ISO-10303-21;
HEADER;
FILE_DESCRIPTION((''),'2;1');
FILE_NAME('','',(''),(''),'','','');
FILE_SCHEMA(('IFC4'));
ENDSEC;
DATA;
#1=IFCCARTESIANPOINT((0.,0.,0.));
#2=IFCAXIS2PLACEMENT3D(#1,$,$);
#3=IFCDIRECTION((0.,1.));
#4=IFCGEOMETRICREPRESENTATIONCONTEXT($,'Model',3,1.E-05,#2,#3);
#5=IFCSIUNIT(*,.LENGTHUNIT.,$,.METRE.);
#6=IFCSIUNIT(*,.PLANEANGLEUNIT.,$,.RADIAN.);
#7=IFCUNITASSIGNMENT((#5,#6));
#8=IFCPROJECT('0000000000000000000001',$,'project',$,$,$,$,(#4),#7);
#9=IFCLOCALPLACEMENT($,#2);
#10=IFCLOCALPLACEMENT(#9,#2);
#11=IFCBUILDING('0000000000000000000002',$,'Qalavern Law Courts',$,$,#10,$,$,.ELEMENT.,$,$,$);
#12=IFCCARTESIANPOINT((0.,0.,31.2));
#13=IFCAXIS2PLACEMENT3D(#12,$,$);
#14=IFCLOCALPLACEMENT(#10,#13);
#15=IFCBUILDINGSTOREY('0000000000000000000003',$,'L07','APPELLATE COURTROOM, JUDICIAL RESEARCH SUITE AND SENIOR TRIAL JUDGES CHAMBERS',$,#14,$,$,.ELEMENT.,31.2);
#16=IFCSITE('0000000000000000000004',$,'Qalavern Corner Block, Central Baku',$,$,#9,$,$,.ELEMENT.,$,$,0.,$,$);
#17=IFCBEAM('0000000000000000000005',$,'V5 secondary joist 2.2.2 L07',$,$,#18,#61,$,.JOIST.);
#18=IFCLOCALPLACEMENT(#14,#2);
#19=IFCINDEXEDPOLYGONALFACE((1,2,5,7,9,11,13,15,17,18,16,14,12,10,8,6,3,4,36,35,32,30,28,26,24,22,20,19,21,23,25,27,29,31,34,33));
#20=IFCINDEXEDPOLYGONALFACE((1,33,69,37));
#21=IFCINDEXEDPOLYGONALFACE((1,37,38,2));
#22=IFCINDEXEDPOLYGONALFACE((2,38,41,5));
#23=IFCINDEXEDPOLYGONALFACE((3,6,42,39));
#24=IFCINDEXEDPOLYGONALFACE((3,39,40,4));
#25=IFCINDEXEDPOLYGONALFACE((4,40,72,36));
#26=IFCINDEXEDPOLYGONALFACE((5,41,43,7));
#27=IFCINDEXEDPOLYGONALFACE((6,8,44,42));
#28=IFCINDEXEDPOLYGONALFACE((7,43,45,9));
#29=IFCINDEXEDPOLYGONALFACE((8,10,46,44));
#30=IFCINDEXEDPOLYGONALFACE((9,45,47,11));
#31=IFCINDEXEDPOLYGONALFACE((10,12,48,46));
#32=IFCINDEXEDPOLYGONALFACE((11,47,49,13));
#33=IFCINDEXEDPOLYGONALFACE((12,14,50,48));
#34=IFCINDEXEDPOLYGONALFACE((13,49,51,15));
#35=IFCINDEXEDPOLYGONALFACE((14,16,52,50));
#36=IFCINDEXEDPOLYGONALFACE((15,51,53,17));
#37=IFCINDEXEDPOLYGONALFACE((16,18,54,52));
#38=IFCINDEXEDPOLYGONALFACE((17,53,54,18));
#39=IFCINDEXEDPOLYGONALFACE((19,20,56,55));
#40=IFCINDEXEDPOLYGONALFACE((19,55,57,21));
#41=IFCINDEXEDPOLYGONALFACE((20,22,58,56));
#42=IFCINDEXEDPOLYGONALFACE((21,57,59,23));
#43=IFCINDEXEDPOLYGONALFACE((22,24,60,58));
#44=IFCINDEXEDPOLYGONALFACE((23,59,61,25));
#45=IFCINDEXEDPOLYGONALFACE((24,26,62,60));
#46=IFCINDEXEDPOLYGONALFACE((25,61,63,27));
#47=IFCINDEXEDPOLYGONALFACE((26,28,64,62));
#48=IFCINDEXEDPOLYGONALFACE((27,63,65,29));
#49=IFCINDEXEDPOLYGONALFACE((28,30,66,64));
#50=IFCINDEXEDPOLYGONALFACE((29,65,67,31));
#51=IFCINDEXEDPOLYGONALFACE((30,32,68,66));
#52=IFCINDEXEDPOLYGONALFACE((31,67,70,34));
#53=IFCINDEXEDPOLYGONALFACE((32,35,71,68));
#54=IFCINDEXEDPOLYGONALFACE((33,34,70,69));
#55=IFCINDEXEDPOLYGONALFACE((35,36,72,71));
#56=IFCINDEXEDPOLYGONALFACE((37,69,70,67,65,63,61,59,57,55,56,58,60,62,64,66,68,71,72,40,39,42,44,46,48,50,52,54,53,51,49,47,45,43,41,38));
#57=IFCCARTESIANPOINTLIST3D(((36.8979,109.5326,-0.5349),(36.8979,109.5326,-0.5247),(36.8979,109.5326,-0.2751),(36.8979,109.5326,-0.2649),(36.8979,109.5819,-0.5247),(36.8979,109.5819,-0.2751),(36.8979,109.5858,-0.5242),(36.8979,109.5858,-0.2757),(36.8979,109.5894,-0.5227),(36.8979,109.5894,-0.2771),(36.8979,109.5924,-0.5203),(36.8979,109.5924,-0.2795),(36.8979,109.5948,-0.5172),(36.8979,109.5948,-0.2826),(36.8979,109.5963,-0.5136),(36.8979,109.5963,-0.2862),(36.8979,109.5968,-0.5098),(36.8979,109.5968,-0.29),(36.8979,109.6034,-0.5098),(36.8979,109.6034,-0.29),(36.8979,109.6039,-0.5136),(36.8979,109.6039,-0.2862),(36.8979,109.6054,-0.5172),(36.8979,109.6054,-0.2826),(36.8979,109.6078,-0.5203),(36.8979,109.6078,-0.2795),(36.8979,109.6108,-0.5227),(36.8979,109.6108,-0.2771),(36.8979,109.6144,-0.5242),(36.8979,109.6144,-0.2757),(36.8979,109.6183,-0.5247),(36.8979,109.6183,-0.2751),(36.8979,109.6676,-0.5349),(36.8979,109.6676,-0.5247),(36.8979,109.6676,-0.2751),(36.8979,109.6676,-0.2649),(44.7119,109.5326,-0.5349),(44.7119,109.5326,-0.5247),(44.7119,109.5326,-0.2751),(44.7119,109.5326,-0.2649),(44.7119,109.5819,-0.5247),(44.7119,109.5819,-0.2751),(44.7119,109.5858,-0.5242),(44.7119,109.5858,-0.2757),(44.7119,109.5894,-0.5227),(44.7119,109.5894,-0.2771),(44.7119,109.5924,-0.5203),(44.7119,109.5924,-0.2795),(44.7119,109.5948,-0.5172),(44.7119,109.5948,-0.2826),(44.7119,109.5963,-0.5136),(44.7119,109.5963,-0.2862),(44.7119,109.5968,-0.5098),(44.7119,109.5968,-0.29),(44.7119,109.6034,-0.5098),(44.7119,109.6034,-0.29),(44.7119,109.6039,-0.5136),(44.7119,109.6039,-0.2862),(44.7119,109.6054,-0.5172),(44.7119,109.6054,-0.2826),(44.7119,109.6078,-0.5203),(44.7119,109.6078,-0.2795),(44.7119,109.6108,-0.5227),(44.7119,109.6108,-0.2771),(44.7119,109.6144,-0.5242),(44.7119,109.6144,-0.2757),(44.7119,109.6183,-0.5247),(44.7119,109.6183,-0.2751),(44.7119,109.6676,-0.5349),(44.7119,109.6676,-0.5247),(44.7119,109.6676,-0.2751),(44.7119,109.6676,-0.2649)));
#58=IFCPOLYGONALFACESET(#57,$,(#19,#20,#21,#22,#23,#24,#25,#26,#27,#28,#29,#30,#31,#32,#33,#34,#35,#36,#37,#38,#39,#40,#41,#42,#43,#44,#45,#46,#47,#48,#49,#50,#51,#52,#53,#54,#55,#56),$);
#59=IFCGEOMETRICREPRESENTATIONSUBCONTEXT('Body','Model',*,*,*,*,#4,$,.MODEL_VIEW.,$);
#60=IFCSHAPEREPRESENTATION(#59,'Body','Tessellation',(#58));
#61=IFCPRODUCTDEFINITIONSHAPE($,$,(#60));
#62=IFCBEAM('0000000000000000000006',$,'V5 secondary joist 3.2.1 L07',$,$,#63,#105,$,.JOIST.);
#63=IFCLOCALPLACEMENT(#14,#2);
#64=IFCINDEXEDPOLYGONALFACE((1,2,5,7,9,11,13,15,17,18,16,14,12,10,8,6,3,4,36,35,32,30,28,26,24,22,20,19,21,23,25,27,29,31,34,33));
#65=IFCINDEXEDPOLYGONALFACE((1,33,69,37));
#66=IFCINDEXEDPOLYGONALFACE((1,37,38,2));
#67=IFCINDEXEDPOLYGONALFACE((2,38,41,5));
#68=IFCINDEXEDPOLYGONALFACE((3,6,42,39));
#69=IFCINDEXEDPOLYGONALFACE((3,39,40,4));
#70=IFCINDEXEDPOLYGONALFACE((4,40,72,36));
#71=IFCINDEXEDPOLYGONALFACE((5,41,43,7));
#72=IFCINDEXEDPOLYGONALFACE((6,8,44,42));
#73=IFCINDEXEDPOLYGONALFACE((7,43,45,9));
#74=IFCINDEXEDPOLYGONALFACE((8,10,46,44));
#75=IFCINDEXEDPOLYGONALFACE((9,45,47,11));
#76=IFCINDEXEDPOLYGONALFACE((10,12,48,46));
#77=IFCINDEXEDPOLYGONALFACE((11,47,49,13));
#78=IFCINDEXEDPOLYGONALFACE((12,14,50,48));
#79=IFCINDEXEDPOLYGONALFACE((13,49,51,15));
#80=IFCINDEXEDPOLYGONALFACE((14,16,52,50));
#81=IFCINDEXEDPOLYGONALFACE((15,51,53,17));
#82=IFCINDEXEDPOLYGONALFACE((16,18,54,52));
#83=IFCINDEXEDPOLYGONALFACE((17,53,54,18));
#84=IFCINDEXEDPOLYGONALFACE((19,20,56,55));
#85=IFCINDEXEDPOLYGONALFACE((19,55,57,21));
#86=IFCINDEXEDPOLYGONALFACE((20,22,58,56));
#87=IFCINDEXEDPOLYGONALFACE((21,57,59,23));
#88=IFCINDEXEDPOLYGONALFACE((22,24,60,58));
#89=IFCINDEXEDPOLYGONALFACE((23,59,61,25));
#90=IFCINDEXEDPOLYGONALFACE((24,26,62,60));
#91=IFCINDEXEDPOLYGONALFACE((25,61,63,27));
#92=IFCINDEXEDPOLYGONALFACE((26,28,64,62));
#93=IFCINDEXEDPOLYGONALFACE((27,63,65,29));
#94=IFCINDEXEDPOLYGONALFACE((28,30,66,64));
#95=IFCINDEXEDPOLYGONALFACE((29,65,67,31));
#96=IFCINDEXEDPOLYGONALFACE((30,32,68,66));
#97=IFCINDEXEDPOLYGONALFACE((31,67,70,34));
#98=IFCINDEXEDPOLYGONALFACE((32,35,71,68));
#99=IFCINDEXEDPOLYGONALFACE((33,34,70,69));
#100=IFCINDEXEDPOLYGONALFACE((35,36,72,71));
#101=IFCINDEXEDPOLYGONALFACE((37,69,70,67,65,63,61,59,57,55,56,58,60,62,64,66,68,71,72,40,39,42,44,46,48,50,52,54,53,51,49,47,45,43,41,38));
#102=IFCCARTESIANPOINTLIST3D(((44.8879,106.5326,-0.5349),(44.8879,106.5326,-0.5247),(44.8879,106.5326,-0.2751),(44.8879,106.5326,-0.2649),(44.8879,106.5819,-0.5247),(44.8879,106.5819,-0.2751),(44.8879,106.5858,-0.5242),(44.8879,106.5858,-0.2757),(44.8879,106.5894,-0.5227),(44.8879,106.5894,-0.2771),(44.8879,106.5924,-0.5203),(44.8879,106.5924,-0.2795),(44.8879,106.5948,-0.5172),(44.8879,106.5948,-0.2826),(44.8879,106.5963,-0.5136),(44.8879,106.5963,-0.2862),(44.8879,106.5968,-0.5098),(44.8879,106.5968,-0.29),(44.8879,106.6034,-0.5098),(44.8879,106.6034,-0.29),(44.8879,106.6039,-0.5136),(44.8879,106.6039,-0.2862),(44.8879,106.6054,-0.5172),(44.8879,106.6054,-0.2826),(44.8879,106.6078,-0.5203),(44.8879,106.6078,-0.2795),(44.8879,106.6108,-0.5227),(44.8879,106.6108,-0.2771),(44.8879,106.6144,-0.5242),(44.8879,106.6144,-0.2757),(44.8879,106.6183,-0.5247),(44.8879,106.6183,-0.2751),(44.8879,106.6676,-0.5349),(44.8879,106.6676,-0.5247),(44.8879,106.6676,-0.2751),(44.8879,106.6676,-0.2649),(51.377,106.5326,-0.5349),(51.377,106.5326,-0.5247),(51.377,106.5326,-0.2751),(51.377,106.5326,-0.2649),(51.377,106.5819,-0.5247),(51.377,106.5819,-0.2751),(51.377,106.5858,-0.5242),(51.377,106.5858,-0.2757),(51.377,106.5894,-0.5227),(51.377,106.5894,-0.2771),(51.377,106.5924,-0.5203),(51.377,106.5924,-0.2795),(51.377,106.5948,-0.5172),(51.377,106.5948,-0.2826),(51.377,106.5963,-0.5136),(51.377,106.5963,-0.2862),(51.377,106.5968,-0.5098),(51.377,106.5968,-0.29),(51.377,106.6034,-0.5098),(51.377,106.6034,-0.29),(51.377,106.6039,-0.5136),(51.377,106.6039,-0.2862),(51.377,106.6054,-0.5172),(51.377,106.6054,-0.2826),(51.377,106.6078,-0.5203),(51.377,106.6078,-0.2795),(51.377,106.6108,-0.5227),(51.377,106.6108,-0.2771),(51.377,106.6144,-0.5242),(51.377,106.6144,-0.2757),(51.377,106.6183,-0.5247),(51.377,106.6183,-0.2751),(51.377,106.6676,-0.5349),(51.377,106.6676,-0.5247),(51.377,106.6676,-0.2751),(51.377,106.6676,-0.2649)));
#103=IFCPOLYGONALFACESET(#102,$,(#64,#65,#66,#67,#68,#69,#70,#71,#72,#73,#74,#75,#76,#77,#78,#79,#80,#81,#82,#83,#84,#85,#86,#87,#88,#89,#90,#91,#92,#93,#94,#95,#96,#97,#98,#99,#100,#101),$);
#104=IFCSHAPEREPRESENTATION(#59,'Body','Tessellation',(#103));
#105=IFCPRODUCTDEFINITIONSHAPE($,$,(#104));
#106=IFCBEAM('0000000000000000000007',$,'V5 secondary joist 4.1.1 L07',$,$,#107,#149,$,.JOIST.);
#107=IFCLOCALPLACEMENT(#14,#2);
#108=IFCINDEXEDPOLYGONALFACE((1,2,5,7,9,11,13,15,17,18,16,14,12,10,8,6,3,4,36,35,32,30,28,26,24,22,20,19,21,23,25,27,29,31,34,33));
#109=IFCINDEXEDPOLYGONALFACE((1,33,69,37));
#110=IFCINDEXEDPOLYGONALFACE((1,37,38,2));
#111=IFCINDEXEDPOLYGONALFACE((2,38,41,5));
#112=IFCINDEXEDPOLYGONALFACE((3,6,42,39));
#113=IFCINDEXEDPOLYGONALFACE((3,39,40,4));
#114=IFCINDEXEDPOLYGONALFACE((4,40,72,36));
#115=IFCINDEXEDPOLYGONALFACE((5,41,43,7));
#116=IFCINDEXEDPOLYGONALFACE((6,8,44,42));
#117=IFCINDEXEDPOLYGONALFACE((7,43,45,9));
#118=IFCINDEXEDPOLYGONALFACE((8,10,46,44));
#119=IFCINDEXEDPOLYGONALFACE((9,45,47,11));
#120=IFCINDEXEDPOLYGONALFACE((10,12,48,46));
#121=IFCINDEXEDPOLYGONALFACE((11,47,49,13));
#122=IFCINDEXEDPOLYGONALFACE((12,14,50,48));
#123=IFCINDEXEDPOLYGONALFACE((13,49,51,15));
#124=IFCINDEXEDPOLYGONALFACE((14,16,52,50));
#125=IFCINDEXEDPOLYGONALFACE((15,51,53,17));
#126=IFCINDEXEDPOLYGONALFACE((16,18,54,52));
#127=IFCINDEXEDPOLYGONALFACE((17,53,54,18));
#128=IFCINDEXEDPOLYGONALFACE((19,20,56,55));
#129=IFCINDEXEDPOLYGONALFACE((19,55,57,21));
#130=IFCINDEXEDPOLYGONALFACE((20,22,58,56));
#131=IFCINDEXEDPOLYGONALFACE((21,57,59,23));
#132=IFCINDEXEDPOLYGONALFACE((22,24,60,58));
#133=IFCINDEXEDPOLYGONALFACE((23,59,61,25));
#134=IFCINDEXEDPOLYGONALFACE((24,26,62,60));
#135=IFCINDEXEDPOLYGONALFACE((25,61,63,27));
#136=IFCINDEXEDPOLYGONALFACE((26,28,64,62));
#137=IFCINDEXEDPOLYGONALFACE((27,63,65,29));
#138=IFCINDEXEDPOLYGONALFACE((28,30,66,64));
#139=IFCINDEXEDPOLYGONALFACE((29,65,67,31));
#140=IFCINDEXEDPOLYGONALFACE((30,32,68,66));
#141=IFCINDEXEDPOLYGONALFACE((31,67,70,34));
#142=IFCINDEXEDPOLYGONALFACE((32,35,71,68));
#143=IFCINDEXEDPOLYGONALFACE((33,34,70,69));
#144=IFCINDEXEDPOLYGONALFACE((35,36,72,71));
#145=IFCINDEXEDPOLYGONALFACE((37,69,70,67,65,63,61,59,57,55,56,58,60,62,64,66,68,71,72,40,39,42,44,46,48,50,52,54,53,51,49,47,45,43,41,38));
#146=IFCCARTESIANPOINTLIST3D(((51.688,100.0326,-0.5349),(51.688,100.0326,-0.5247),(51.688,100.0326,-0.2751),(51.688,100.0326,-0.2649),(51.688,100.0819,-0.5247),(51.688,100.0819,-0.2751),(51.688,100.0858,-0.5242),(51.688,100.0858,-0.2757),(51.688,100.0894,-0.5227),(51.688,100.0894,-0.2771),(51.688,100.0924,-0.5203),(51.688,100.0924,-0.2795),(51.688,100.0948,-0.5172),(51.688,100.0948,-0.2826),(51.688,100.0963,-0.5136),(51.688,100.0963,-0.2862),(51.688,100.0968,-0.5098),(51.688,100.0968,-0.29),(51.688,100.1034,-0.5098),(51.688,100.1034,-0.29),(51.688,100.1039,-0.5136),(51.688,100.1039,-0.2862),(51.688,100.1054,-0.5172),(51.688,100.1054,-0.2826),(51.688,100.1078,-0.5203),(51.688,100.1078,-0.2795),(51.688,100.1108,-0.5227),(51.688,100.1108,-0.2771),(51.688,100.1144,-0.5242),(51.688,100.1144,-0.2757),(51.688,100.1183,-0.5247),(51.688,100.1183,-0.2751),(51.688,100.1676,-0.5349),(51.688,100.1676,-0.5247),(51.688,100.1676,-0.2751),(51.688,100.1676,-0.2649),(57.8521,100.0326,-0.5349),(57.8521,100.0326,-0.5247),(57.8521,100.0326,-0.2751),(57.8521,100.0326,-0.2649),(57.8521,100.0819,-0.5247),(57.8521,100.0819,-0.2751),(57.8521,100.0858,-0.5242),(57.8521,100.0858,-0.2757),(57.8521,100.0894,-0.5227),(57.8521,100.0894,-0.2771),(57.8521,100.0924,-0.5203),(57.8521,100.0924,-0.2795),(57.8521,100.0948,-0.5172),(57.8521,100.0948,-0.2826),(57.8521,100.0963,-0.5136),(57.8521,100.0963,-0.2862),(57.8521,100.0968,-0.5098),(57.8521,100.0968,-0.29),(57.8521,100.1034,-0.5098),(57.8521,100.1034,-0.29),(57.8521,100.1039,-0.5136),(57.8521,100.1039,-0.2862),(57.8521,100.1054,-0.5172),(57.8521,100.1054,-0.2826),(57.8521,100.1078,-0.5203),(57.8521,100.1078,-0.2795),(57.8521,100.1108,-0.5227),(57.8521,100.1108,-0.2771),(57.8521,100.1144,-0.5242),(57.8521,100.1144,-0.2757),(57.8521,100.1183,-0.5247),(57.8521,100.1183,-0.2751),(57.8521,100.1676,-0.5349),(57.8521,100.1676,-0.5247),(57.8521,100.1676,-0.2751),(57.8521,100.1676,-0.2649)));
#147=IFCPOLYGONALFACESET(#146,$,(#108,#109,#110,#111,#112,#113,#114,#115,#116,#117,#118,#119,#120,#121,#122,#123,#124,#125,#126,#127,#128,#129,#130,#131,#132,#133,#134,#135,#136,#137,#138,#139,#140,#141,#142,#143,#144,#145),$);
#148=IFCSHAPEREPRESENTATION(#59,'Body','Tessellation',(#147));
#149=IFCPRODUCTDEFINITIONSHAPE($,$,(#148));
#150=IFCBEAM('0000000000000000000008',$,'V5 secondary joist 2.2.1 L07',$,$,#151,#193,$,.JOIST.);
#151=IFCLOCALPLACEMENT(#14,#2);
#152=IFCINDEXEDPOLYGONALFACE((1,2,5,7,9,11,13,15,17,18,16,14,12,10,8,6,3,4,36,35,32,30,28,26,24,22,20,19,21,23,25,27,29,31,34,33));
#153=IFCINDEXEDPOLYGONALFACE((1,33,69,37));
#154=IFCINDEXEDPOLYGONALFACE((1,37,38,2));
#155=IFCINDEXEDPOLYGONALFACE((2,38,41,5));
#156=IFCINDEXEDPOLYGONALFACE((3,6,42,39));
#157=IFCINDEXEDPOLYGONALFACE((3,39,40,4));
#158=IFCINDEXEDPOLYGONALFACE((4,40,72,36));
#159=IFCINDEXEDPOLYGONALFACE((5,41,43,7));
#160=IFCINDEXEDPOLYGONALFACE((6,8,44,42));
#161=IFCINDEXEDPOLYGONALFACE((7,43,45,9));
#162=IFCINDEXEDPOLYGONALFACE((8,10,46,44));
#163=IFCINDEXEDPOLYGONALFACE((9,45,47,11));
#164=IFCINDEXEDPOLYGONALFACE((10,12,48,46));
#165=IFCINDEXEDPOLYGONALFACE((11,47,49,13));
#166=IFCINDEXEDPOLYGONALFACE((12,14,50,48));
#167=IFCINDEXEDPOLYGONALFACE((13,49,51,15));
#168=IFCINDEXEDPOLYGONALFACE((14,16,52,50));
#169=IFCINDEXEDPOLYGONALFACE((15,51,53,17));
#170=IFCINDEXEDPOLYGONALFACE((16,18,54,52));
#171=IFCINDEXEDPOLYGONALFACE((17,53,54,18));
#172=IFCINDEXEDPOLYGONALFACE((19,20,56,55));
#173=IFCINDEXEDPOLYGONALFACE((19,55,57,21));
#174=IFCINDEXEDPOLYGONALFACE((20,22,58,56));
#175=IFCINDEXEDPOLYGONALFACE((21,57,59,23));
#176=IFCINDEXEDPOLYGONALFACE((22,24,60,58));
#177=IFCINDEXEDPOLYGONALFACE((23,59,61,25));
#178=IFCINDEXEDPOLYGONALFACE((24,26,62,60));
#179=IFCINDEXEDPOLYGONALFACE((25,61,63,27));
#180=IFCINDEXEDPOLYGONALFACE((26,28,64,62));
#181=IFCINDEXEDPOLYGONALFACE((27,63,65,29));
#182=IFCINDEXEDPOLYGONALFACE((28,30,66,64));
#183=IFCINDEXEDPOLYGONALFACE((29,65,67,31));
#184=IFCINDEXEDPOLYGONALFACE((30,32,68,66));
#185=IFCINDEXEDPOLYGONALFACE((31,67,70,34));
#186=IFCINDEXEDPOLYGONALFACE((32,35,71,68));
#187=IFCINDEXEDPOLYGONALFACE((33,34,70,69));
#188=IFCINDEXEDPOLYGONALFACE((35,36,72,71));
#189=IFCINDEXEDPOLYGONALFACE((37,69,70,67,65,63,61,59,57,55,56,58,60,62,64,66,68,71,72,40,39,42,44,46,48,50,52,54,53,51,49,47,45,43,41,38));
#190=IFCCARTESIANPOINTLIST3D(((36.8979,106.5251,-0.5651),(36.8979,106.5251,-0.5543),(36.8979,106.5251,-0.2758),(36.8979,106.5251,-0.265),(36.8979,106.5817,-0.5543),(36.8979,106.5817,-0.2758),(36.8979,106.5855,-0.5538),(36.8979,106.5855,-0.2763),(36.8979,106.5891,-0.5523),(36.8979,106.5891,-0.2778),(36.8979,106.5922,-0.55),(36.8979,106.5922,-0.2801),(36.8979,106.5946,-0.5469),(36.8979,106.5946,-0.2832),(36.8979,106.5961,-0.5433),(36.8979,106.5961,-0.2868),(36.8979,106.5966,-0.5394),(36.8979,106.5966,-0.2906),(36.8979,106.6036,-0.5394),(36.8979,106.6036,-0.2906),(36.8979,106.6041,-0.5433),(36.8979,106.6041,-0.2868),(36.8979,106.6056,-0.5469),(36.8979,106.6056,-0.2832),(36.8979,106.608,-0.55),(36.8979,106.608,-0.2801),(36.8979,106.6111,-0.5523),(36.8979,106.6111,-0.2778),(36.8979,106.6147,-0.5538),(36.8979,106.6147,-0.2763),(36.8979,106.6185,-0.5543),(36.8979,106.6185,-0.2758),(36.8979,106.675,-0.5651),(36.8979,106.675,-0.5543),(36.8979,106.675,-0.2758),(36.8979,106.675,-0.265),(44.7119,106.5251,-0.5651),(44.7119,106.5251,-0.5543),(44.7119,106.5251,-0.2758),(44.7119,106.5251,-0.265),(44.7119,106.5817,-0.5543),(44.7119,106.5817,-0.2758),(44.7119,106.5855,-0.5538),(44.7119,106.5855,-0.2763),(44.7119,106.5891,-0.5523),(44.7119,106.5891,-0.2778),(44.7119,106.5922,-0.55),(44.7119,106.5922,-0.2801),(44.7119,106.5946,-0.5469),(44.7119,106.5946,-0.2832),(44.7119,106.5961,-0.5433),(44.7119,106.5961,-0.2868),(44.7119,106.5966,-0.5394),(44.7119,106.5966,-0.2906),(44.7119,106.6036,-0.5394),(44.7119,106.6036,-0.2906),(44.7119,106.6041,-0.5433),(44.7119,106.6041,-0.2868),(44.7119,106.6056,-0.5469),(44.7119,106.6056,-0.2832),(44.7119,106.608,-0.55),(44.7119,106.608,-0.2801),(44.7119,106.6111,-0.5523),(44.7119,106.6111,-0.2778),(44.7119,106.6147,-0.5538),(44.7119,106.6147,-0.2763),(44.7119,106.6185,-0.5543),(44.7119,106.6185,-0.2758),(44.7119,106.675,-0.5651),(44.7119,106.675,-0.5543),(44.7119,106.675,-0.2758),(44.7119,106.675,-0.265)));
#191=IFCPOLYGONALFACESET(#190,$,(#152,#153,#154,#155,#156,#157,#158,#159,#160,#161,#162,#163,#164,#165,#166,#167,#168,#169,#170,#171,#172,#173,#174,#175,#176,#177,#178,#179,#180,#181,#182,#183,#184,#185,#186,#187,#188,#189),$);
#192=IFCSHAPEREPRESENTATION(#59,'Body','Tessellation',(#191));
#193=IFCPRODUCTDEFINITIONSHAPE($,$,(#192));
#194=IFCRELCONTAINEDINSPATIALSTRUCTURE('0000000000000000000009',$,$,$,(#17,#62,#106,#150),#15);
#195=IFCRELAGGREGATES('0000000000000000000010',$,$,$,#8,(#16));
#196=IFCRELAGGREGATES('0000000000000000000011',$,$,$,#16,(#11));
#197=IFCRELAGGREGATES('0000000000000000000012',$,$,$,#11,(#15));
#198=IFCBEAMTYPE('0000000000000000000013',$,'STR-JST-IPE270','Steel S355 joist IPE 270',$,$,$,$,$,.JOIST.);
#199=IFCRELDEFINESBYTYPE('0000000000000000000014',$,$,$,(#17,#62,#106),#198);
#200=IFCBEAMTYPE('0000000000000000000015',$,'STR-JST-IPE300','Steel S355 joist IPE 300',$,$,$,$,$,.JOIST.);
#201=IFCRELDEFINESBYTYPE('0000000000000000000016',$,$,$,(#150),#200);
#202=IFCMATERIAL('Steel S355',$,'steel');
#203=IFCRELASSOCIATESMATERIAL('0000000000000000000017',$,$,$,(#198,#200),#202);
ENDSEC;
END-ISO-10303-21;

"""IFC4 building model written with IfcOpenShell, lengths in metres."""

from ifc_helpers import new_model, si_unit, direction, frame, origin, origin_2d, place, context, subcontext, project, spatial, i_section, extrude, material, material_profile, profile_set, type_object, element, save


model = new_model("IFC4")

# Units and contexts
model_context = context("Model", 3, precision=1e-05, world=origin(), true_north=direction((0.0, 1.0)))
body_context = subcontext(model_context, "Body", "Model", "MODEL_VIEW")
ifc_project = project(units=[si_unit("LENGTHUNIT", "METRE"), si_unit("PLANEANGLEUNIT", "RADIAN")], contexts=[model_context])

# Site, building, storey
site_placement = place(None, origin())
site = spatial("IfcSite", under=ifc_project, at=site_placement, Name="Qalavern Corner Block, Central Baku", CompositionType="ELEMENT", RefElevation=0.0)
building_placement = place(site_placement, origin())
building = spatial("IfcBuilding", under=site, at=building_placement, Name="Qalavern Law Courts", CompositionType="ELEMENT")
storey_placement = place(building_placement, frame((0.0, 0.0, 31.2)))
storey = spatial("IfcBuildingStorey", under=building, at=storey_placement, Name="L07", Description="APPELLATE COURTROOM, JUDICIAL RESEARCH SUITE AND SENIOR TRIAL JUDGES CHAMBERS", CompositionType="ELEMENT", Elevation=31.2)

# Beams
ifc_material_1 = material(Name="Steel S355", Category="steel")
ifc_material_profile_1 = material_profile(ifc_material_1, i_section(OverallWidth=0.135, OverallDepth=0.27, WebThickness=0.0066, FlangeThickness=0.0103, FilletRadius=0.0149, at=origin_2d()), Name="IPE 270")
ifc_profile_set_1 = profile_set([ifc_material_profile_1], Name="Steel S355")
beam_type_1 = type_object("IfcBeamType", Name="STR-JST-IPE270", Description="Steel S355 joist IPE 270", PredefinedType="JOIST", material=ifc_profile_set_1)
beam_1_placement = place(storey_placement, frame((36.8979, 109.6001, -0.3999), z_axis=(1.0, 0.0, 0.0), x_axis=(0.0, 1.0, 0.0)))
element("IfcBeam", 1, at=beam_1_placement, inside=storey, type_object=beam_type_1, Name="V5 secondary joist 2.2.2 L07", PredefinedType="JOIST", context=body_context, shape_type="SweptSolid", body=[
    extrude(i_section(OverallWidth=0.135, OverallDepth=0.27, WebThickness=0.0066, FlangeThickness=0.0103, FilletRadius=0.0149, at=origin_2d()), origin(), (0.0, 0.0, 1.0), 7.814),
])
beam_2_placement = place(storey_placement, frame((44.8879, 106.6001, -0.3999), z_axis=(1.0, 0.0, 0.0), x_axis=(0.0, 1.0, 0.0)))
element("IfcBeam", 2, at=beam_2_placement, inside=storey, type_object=beam_type_1, Name="V5 secondary joist 3.2.1 L07", PredefinedType="JOIST", context=body_context, shape_type="SweptSolid", body=[
    extrude(i_section(OverallWidth=0.135, OverallDepth=0.27, WebThickness=0.0066, FlangeThickness=0.0103, FilletRadius=0.0149, at=origin_2d()), origin(), (0.0, 0.0, 1.0), 6.489),
])
beam_3_placement = place(storey_placement, frame((51.688, 100.1001, -0.3999), z_axis=(1.0, 0.0, 0.0), x_axis=(0.0, 1.0, 0.0)))
element("IfcBeam", 3, at=beam_3_placement, inside=storey, type_object=beam_type_1, Name="V5 secondary joist 4.1.1 L07", PredefinedType="JOIST", context=body_context, shape_type="SweptSolid", body=[
    extrude(i_section(OverallWidth=0.135, OverallDepth=0.27, WebThickness=0.0066, FlangeThickness=0.0103, FilletRadius=0.0149, at=origin_2d()), origin(), (0.0, 0.0, 1.0), 6.1641),
])
ifc_material_profile_2 = material_profile(ifc_material_1, i_section(OverallWidth=0.1499, OverallDepth=0.3, WebThickness=0.0071, FlangeThickness=0.0107, FilletRadius=0.0149, at=origin_2d()), Name="IPE 300")
ifc_profile_set_2 = profile_set([ifc_material_profile_2], Name="Steel S355")
beam_type_2 = type_object("IfcBeamType", Name="STR-JST-IPE300", Description="Steel S355 joist IPE 300", PredefinedType="JOIST", material=ifc_profile_set_2)
beam_4_placement = place(storey_placement, frame((36.8979, 106.6001, -0.415), z_axis=(1.0, 0.0, 0.0), x_axis=(0.0, 1.0, 0.0)))
element("IfcBeam", 4, at=beam_4_placement, inside=storey, type_object=beam_type_2, Name="V5 secondary joist 2.2.1 L07", PredefinedType="JOIST", context=body_context, shape_type="SweptSolid", body=[
    extrude(i_section(OverallWidth=0.1499, OverallDepth=0.3, WebThickness=0.0071, FlangeThickness=0.0107, FilletRadius=0.0149, at=origin_2d()), origin(), (0.0, 0.0, 1.0), 7.814),
])

save(model, "model.ifc")
